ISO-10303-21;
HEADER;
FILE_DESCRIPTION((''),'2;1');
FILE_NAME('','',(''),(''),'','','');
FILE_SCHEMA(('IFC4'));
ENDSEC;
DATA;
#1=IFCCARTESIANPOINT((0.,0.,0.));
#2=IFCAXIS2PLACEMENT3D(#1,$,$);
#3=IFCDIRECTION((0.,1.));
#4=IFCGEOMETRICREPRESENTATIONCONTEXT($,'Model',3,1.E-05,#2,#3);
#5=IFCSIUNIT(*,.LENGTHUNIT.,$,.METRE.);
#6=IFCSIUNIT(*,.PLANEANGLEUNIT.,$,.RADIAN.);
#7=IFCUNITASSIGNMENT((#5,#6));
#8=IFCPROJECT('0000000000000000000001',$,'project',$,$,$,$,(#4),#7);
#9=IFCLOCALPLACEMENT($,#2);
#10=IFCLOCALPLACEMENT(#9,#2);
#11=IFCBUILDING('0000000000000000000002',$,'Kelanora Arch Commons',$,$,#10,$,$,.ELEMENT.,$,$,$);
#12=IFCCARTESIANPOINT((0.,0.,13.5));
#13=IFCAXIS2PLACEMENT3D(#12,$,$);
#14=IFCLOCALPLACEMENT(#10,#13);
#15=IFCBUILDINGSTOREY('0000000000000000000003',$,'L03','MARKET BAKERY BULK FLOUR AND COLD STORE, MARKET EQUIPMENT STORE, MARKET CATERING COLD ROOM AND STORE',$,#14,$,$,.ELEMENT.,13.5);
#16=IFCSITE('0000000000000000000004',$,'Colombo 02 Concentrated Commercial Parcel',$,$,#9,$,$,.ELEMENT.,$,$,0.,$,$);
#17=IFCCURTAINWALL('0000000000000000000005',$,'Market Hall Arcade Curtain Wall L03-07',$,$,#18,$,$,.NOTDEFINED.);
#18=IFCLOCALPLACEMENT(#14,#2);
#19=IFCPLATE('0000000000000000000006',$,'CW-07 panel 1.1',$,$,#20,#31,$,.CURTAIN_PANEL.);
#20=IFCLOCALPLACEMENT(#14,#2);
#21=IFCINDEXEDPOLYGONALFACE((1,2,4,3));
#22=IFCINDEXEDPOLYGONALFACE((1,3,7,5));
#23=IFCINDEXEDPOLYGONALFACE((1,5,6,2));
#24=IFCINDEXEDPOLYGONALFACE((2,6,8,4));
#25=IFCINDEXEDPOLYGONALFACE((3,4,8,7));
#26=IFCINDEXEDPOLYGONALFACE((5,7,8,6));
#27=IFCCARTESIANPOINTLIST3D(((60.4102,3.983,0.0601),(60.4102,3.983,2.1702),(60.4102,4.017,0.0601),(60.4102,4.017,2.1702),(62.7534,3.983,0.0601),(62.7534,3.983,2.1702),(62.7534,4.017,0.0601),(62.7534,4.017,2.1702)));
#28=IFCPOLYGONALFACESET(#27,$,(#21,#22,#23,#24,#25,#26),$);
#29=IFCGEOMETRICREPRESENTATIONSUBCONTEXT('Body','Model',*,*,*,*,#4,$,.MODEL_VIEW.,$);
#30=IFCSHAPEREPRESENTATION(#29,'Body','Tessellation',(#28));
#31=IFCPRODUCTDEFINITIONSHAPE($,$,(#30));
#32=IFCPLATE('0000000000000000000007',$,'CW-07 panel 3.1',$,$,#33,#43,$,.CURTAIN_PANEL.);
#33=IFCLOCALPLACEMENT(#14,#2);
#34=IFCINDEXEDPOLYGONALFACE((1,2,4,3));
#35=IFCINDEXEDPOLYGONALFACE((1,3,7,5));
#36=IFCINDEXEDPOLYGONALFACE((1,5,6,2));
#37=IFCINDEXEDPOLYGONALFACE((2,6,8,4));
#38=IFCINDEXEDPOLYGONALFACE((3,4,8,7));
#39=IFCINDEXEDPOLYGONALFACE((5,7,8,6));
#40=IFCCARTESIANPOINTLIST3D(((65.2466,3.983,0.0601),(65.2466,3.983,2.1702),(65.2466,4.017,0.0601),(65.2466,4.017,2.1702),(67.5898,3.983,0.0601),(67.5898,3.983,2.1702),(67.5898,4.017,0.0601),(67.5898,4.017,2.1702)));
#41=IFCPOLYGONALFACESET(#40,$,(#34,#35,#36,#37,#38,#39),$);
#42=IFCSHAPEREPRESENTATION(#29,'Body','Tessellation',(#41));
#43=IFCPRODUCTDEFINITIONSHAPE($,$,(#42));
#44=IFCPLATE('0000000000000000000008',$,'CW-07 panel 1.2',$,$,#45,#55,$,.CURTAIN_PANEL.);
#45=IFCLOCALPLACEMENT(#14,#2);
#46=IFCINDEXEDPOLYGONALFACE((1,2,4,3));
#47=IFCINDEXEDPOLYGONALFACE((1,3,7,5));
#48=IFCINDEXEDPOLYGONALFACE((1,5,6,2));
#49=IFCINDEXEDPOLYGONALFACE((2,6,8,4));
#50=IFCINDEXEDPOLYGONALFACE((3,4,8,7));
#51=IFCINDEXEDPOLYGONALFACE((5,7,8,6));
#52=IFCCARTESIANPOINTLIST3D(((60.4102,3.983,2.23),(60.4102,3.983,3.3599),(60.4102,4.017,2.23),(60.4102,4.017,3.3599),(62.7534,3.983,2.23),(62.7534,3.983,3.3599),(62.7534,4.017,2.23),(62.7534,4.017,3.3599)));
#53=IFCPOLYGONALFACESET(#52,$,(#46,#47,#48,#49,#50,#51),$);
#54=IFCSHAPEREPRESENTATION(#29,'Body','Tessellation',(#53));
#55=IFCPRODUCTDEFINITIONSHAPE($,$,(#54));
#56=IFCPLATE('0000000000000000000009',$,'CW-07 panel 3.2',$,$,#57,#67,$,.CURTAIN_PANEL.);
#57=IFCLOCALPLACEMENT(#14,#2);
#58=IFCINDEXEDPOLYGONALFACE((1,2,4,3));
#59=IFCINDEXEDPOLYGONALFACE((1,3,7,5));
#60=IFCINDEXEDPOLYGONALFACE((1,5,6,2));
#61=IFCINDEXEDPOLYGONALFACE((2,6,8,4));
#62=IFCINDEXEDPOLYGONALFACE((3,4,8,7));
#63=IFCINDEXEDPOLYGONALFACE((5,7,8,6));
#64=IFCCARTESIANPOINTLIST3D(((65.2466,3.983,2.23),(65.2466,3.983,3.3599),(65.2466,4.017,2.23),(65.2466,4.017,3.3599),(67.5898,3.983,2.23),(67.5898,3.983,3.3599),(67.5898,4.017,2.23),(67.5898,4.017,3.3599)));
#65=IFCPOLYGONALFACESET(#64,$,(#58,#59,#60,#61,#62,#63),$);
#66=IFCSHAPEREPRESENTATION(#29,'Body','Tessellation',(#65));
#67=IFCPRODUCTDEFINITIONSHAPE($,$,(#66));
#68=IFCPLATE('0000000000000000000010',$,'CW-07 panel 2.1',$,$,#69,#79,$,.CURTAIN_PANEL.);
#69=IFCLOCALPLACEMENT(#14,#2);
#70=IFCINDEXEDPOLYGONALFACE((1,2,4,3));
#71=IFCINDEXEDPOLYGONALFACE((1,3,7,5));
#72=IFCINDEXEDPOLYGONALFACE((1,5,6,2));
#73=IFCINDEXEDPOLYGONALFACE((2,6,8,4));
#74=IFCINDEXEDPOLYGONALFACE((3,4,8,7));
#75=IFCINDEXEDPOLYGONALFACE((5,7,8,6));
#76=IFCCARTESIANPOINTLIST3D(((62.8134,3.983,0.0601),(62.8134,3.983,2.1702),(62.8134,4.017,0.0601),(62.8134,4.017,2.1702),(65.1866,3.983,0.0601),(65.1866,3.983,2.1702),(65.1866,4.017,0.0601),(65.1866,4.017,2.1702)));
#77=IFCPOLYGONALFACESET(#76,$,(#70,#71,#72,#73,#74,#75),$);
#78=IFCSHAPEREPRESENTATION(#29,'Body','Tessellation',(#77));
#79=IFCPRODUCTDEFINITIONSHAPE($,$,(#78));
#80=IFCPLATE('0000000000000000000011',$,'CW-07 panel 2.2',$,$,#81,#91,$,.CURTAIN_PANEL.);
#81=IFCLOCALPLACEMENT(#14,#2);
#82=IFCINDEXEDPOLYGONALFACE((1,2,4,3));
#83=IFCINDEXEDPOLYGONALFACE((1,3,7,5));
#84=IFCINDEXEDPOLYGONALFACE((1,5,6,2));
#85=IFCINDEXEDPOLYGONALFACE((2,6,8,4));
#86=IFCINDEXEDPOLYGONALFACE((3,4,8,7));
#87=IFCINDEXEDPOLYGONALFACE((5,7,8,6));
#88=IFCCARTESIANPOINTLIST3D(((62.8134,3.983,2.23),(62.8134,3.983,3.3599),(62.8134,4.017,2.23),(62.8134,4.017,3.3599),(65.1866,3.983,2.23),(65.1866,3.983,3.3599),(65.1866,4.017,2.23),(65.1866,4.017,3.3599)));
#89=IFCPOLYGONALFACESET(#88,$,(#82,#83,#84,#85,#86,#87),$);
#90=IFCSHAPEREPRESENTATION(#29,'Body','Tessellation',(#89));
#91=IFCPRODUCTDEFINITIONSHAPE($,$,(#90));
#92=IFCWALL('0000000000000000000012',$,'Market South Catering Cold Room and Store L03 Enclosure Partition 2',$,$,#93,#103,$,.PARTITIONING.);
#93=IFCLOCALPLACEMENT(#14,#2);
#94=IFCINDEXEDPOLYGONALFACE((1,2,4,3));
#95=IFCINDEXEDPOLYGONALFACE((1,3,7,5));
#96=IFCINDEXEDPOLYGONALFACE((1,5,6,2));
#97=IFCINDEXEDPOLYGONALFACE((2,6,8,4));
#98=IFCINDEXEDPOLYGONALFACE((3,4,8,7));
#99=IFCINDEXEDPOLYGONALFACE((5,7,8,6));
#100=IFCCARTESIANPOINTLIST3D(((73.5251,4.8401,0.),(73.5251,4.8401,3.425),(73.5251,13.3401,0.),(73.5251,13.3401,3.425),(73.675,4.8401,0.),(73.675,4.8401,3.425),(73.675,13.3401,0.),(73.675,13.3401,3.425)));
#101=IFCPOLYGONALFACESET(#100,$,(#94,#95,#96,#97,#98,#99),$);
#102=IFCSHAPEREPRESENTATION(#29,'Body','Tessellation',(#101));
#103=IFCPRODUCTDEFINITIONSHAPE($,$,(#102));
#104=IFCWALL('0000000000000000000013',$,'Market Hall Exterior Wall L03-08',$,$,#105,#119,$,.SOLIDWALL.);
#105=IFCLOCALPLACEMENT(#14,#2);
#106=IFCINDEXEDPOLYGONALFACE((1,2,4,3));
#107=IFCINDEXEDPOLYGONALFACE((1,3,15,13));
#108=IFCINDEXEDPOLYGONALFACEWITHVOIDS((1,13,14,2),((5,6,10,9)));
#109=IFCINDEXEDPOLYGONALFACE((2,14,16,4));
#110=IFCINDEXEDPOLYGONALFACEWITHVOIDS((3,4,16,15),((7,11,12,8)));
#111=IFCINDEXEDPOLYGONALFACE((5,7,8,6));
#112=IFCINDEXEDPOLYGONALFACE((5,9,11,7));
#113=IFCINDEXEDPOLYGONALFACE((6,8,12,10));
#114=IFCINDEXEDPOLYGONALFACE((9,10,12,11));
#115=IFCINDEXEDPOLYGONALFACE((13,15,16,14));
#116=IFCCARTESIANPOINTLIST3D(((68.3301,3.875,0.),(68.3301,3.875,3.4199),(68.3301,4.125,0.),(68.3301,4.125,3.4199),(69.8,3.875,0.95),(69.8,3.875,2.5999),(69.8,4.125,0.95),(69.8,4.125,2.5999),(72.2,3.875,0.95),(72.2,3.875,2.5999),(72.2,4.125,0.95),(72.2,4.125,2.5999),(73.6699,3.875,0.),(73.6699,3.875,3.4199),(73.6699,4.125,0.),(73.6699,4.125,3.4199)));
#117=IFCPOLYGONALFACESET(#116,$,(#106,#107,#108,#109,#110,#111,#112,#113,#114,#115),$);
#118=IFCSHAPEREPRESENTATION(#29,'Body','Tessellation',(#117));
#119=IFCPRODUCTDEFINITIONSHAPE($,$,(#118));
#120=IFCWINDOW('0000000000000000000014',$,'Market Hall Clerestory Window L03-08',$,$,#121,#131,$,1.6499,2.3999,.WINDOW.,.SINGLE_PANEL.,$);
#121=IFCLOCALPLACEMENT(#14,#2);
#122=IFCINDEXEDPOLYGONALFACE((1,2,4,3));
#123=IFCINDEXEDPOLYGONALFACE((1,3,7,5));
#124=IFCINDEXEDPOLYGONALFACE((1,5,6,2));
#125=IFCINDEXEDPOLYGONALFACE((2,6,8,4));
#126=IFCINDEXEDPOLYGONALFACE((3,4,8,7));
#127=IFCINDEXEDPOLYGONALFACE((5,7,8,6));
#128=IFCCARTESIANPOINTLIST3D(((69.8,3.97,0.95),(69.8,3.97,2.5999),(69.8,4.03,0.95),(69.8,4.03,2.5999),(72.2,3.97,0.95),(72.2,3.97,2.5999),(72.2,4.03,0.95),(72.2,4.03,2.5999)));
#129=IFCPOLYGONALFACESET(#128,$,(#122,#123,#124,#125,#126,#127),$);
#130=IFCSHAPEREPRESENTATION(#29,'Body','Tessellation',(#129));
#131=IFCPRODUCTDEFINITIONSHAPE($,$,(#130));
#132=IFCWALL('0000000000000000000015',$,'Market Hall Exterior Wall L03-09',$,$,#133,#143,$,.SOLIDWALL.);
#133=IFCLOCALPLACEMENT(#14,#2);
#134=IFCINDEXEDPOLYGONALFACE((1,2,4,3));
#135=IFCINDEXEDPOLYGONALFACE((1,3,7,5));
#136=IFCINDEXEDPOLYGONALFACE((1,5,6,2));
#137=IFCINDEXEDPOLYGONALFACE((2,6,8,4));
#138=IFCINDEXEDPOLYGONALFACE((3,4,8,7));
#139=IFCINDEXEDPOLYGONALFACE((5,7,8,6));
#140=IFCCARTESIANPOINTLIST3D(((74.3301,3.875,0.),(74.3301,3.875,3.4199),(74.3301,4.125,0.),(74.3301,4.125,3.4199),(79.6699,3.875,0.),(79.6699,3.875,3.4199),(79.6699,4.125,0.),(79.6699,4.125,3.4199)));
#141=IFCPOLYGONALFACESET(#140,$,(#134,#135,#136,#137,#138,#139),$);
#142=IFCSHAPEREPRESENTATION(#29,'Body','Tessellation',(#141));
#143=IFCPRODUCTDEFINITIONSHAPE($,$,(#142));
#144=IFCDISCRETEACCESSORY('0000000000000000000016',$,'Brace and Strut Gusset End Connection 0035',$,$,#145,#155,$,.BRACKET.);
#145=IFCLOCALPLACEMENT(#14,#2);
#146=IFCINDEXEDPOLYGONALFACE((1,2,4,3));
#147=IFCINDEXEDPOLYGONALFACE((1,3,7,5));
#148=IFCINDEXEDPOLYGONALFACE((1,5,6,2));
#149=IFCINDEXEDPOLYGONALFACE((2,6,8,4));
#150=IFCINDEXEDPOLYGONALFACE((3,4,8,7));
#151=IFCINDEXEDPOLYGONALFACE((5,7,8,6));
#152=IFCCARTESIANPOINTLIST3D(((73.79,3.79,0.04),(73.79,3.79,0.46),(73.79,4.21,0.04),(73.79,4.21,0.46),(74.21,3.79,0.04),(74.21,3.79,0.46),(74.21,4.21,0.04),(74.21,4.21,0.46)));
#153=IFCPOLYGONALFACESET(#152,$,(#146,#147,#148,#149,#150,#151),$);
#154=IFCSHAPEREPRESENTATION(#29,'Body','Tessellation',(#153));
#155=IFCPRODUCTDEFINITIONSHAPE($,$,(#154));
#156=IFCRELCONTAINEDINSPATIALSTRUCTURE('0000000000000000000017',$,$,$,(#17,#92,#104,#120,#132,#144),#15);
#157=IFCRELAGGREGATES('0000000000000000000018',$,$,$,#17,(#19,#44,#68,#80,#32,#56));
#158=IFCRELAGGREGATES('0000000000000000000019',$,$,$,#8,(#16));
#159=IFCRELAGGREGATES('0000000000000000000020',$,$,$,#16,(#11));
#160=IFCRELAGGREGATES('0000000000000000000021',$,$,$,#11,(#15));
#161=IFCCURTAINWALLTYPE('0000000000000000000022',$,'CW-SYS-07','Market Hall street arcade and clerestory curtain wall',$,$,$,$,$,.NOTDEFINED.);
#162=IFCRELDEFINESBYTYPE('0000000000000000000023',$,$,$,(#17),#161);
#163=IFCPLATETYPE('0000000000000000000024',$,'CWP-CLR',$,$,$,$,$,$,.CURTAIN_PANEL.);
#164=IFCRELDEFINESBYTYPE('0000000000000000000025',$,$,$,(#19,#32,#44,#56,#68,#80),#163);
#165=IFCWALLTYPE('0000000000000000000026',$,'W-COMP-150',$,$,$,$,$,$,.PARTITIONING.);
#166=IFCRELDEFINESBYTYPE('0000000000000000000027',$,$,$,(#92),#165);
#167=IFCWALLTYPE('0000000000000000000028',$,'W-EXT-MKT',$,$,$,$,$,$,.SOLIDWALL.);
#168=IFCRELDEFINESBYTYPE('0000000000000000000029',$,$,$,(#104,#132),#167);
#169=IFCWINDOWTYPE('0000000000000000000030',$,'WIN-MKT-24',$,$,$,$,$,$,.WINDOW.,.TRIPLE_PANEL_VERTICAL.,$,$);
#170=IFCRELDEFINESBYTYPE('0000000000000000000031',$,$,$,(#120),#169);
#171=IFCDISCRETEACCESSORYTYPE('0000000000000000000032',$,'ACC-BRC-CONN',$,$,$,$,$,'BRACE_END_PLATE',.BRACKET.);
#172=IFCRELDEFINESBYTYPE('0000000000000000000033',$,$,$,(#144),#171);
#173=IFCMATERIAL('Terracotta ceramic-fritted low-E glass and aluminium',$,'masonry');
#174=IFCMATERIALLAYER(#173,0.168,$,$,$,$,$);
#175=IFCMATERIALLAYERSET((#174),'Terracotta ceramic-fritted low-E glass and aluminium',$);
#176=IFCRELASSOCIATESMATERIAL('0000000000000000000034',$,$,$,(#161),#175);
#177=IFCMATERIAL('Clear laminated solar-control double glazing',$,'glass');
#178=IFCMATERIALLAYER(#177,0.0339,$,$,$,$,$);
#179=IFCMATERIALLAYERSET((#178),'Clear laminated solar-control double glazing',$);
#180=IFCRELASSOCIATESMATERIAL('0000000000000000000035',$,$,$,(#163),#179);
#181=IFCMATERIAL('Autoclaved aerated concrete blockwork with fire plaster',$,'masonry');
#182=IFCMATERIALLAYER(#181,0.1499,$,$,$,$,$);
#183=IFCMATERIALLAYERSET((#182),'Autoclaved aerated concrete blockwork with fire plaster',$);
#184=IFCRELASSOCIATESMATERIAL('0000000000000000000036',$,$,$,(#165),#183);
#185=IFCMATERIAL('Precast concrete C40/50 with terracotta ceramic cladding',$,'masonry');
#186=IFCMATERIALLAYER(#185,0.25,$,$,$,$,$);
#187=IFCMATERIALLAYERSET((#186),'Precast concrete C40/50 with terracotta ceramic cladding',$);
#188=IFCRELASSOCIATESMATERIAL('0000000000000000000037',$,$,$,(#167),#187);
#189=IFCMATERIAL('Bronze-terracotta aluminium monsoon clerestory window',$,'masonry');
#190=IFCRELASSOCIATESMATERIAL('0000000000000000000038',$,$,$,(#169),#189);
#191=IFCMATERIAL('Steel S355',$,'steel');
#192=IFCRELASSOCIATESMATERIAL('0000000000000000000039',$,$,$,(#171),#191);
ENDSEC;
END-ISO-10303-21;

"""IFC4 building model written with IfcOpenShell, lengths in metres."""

from ifc_helpers import new_model, si_unit, direction, frame, frame_2d, origin, origin_2d, place, context, subcontext, project, spatial, rectangle, extrude, source, transform, mapped, material, layer, layer_set, type_object, element, fill, aggregate, save


model = new_model("IFC4")

# Units and contexts
model_context = context("Model", 3, precision=1e-05, world=origin(), true_north=direction((0.0, 1.0)))
body_context = subcontext(model_context, "Body", "Model", "MODEL_VIEW")
ifc_project = project(units=[si_unit("LENGTHUNIT", "METRE"), si_unit("PLANEANGLEUNIT", "RADIAN")], contexts=[model_context])

# Site, building, storey
site_placement = place(None, origin())
site = spatial("IfcSite", under=ifc_project, at=site_placement, Name="Colombo 02 Concentrated Commercial Parcel", CompositionType="ELEMENT", RefElevation=0.0)
building_placement = place(site_placement, origin())
building = spatial("IfcBuilding", under=site, at=building_placement, Name="Kelanora Arch Commons", CompositionType="ELEMENT")
storey_placement = place(building_placement, frame((0.0, 0.0, 13.5)))
storey = spatial("IfcBuildingStorey", under=building, at=storey_placement, Name="L03", Description="MARKET BAKERY BULK FLOUR AND COLD STORE, MARKET EQUIPMENT STORE, MARKET CATERING COLD ROOM AND STORE", CompositionType="ELEMENT", Elevation=13.5)

# Curtain wall
ifc_material_1 = material(Name="Terracotta ceramic-fritted low-E glass and aluminium", Category="masonry")
ifc_layer_1 = layer(ifc_material_1, 0.168)
ifc_layer_set_1 = layer_set([ifc_layer_1], Name="Terracotta ceramic-fritted low-E glass and aluminium")
curtain_wall_type = type_object("IfcCurtainWallType", Name="CW-SYS-07", Description="Market Hall street arcade and clerestory curtain wall", PredefinedType="NOTDEFINED", material=ifc_layer_set_1)
curtain_wall_placement = place(storey_placement, origin())
curtain_wall = element("IfcCurtainWall", 1, at=curtain_wall_placement, inside=storey, type_object=curtain_wall_type, Name="Market Hall Arcade Curtain Wall L03-07", PredefinedType="NOTDEFINED")

# Shared definitions
ifc_material_2 = material(Name="Steel S355", Category="steel")

# Plates
ifc_material_3 = material(Name="Clear laminated solar-control double glazing", Category="glass")
ifc_layer_2 = layer(ifc_material_3, 0.0339)
ifc_layer_set_2 = layer_set([ifc_layer_2], Name="Clear laminated solar-control double glazing")
plate_type = type_object("IfcPlateType", Name="CWP-CLR", PredefinedType="CURTAIN_PANEL", material=ifc_layer_set_2)
shared_shape_1 = source(origin(), body_context, "Body", "SweptSolid", [
    extrude(rectangle(XDim=2.3433, YDim=0.0339, at=origin_2d()), origin(), (0.0, 0.0, 1.0), 2.1101),
])
plate_1_placement = place(storey_placement, frame((61.5818, 4.0, 0.0601), z_axis=(0.0, 0.0, 1.0), x_axis=(1.0, 0.0, 0.0)))
plate_1 = element("IfcPlate", 2, at=plate_1_placement, type_object=plate_type, Name="CW-07 panel 1.1", PredefinedType="CURTAIN_PANEL", context=body_context, shape_type="MappedRepresentation", body=[
    mapped(shared_shape_1, transform((0.0, 0.0, 0.0), scale=1.0)),
])
plate_2_placement = place(storey_placement, frame((66.4182, 4.0, 0.0601), z_axis=(0.0, 0.0, 1.0), x_axis=(1.0, 0.0, 0.0)))
plate_2 = element("IfcPlate", 3, at=plate_2_placement, type_object=plate_type, Name="CW-07 panel 3.1", PredefinedType="CURTAIN_PANEL", context=body_context, shape_type="MappedRepresentation", body=[
    mapped(shared_shape_1, transform((0.0, 0.0, 0.0), scale=1.0)),
])
shared_shape_2 = source(origin(), body_context, "Body", "SweptSolid", [
    extrude(rectangle(XDim=2.3433, YDim=0.0339, at=origin_2d()), origin(), (0.0, 0.0, 1.0), 1.1299),
])
plate_3_placement = place(storey_placement, frame((61.5818, 4.0, 2.23), z_axis=(0.0, 0.0, 1.0), x_axis=(1.0, 0.0, 0.0)))
plate_3 = element("IfcPlate", 4, at=plate_3_placement, type_object=plate_type, Name="CW-07 panel 1.2", PredefinedType="CURTAIN_PANEL", context=body_context, shape_type="MappedRepresentation", body=[
    mapped(shared_shape_2, transform((0.0, 0.0, 0.0), scale=1.0)),
])
plate_4_placement = place(storey_placement, frame((66.4182, 4.0, 2.23), z_axis=(0.0, 0.0, 1.0), x_axis=(1.0, 0.0, 0.0)))
plate_4 = element("IfcPlate", 5, at=plate_4_placement, type_object=plate_type, Name="CW-07 panel 3.2", PredefinedType="CURTAIN_PANEL", context=body_context, shape_type="MappedRepresentation", body=[
    mapped(shared_shape_2, transform((0.0, 0.0, 0.0), scale=1.0)),
])
shared_shape_3 = source(origin(), body_context, "Body", "SweptSolid", [
    extrude(rectangle(XDim=2.3733, YDim=0.0339, at=origin_2d()), origin(), (0.0, 0.0, 1.0), 2.1101),
])
plate_5_placement = place(storey_placement, frame((64.0, 4.0, 0.0601), z_axis=(0.0, 0.0, 1.0), x_axis=(1.0, 0.0, 0.0)))
plate_5 = element("IfcPlate", 6, at=plate_5_placement, type_object=plate_type, Name="CW-07 panel 2.1", PredefinedType="CURTAIN_PANEL", context=body_context, shape_type="MappedRepresentation", body=[
    mapped(shared_shape_3, transform((0.0, 0.0, 0.0), scale=1.0)),
])
shared_shape_4 = source(origin(), body_context, "Body", "SweptSolid", [
    extrude(rectangle(XDim=2.3733, YDim=0.0339, at=origin_2d()), origin(), (0.0, 0.0, 1.0), 1.1299),
])
plate_6_placement = place(storey_placement, frame((64.0, 4.0, 2.23), z_axis=(0.0, 0.0, 1.0), x_axis=(1.0, 0.0, 0.0)))
plate_6 = element("IfcPlate", 7, at=plate_6_placement, type_object=plate_type, Name="CW-07 panel 2.2", PredefinedType="CURTAIN_PANEL", context=body_context, shape_type="MappedRepresentation", body=[
    mapped(shared_shape_4, transform((0.0, 0.0, 0.0), scale=1.0)),
])
aggregate(curtain_wall, [plate_1, plate_3, plate_5, plate_6, plate_2, plate_4])

# Wall
ifc_material_4 = material(Name="Autoclaved aerated concrete blockwork with fire plaster", Category="masonry")
ifc_layer_3 = layer(ifc_material_4, 0.1499)
ifc_layer_set_3 = layer_set([ifc_layer_3], Name="Autoclaved aerated concrete blockwork with fire plaster")
wall_type_1 = type_object("IfcWallType", Name="W-COMP-150", PredefinedType="PARTITIONING", material=ifc_layer_set_3)
wall_1_placement = place(storey_placement, frame((73.6001, 4.8401, 0.0), z_axis=(0.0, 0.0, 1.0), x_axis=(0.0, 1.0, 0.0)))
element("IfcWall", 8, at=wall_1_placement, inside=storey, type_object=wall_type_1, Name="Market South Catering Cold Room and Store L03 Enclosure Partition 2", PredefinedType="PARTITIONING", context=body_context, shape_type="SweptSolid", body=[
    extrude(rectangle(XDim=8.5, YDim=0.1499, at=frame_2d((4.25, 0.0))), origin(), (0.0, 0.0, 1.0), 3.425),
])

# Wall, opening, window
ifc_material_5 = material(Name="Precast concrete C40/50 with terracotta ceramic cladding", Category="masonry")
ifc_layer_4 = layer(ifc_material_5, 0.25)
ifc_layer_set_4 = layer_set([ifc_layer_4], Name="Precast concrete C40/50 with terracotta ceramic cladding")
wall_type_2 = type_object("IfcWallType", Name="W-EXT-MKT", PredefinedType="SOLIDWALL", material=ifc_layer_set_4)
wall_2_placement = place(storey_placement, frame((68.3301, 4.0, 0.0), z_axis=(0.0, 0.0, 1.0), x_axis=(1.0, 0.0, 0.0)))
wall_2 = element("IfcWall", 9, at=wall_2_placement, inside=storey, type_object=wall_type_2, Name="Market Hall Exterior Wall L03-08", PredefinedType="SOLIDWALL", context=body_context, shape_type="SweptSolid", body=[
    extrude(rectangle(XDim=5.3398, YDim=0.25, at=frame_2d((2.6699, 0.0))), origin(), (0.0, 0.0, 1.0), 3.4199),
])
opening_placement = place(wall_2_placement, frame((1.47, 0.0, 0.95)))
opening = element("IfcOpeningElement", 10, at=opening_placement, cuts=wall_2, PredefinedType="OPENING", context=body_context, shape_type="SweptSolid", body=[
    extrude(rectangle(XDim=2.3999, YDim=1.6499, at=frame_2d((1.2, 0.825))), frame((0.0, 0.135, 0.0), z_axis=(0.0, -1.0, 0.0), x_axis=(1.0, 0.0, 0.0)), (0.0, 0.0, 1.0), 0.27),
])
ifc_material_6 = material(Name="Bronze-terracotta aluminium monsoon clerestory window", Category="masonry")
window_type = type_object("IfcWindowType", Name="WIN-MKT-24", PartitioningType="TRIPLE_PANEL_VERTICAL", PredefinedType="WINDOW", material=ifc_material_6)
window_placement = place(opening_placement, origin())
window = element("IfcWindow", 11, at=window_placement, inside=storey, type_object=window_type, Name="Market Hall Clerestory Window L03-08", OverallHeight=1.6499, OverallWidth=2.3999, PartitioningType="SINGLE_PANEL", PredefinedType="WINDOW", context=body_context, shape_type="SweptSolid", body=[
    extrude(rectangle(XDim=2.3999, YDim=1.6499, at=frame_2d((1.2, 0.825))), frame((0.0, 0.03, 0.0), z_axis=(0.0, -1.0, 0.0), x_axis=(1.0, 0.0, 0.0)), (0.0, 0.0, 1.0), 0.0601),
])
fill(opening, window)

# Wall
wall_3_placement = place(storey_placement, frame((74.3301, 4.0, 0.0), z_axis=(0.0, 0.0, 1.0), x_axis=(1.0, 0.0, 0.0)))
element("IfcWall", 12, at=wall_3_placement, inside=storey, type_object=wall_type_2, Name="Market Hall Exterior Wall L03-09", PredefinedType="SOLIDWALL", context=body_context, shape_type="SweptSolid", body=[
    extrude(rectangle(XDim=5.3398, YDim=0.25, at=frame_2d((2.6699, 0.0))), origin(), (0.0, 0.0, 1.0), 3.4199),
])

# Discrete accessory
discrete_accessory_type = type_object("IfcDiscreteAccessoryType", Name="ACC-BRC-CONN", ElementType="BRACE_END_PLATE", PredefinedType="BRACKET", material=ifc_material_2)
shared_shape_5 = source(origin(), body_context, "Body", "SweptSolid", [
    extrude(rectangle(XDim=0.4199, YDim=0.4199, at=origin_2d()), origin(), (0.0, 0.0, 1.0), 0.4199),
])
discrete_accessory_placement = place(storey_placement, frame((74.0, 4.0, 0.04), z_axis=(0.0, 0.0, 1.0), x_axis=(1.0, 0.0, 0.0)))
element("IfcDiscreteAccessory", 13, at=discrete_accessory_placement, inside=storey, type_object=discrete_accessory_type, Name="Brace and Strut Gusset End Connection 0035", PredefinedType="BRACKET", context=body_context, shape_type="MappedRepresentation", body=[
    mapped(shared_shape_5, transform((0.0, 0.0, 0.0), scale=1.0)),
])

save(model, "model.ifc")
